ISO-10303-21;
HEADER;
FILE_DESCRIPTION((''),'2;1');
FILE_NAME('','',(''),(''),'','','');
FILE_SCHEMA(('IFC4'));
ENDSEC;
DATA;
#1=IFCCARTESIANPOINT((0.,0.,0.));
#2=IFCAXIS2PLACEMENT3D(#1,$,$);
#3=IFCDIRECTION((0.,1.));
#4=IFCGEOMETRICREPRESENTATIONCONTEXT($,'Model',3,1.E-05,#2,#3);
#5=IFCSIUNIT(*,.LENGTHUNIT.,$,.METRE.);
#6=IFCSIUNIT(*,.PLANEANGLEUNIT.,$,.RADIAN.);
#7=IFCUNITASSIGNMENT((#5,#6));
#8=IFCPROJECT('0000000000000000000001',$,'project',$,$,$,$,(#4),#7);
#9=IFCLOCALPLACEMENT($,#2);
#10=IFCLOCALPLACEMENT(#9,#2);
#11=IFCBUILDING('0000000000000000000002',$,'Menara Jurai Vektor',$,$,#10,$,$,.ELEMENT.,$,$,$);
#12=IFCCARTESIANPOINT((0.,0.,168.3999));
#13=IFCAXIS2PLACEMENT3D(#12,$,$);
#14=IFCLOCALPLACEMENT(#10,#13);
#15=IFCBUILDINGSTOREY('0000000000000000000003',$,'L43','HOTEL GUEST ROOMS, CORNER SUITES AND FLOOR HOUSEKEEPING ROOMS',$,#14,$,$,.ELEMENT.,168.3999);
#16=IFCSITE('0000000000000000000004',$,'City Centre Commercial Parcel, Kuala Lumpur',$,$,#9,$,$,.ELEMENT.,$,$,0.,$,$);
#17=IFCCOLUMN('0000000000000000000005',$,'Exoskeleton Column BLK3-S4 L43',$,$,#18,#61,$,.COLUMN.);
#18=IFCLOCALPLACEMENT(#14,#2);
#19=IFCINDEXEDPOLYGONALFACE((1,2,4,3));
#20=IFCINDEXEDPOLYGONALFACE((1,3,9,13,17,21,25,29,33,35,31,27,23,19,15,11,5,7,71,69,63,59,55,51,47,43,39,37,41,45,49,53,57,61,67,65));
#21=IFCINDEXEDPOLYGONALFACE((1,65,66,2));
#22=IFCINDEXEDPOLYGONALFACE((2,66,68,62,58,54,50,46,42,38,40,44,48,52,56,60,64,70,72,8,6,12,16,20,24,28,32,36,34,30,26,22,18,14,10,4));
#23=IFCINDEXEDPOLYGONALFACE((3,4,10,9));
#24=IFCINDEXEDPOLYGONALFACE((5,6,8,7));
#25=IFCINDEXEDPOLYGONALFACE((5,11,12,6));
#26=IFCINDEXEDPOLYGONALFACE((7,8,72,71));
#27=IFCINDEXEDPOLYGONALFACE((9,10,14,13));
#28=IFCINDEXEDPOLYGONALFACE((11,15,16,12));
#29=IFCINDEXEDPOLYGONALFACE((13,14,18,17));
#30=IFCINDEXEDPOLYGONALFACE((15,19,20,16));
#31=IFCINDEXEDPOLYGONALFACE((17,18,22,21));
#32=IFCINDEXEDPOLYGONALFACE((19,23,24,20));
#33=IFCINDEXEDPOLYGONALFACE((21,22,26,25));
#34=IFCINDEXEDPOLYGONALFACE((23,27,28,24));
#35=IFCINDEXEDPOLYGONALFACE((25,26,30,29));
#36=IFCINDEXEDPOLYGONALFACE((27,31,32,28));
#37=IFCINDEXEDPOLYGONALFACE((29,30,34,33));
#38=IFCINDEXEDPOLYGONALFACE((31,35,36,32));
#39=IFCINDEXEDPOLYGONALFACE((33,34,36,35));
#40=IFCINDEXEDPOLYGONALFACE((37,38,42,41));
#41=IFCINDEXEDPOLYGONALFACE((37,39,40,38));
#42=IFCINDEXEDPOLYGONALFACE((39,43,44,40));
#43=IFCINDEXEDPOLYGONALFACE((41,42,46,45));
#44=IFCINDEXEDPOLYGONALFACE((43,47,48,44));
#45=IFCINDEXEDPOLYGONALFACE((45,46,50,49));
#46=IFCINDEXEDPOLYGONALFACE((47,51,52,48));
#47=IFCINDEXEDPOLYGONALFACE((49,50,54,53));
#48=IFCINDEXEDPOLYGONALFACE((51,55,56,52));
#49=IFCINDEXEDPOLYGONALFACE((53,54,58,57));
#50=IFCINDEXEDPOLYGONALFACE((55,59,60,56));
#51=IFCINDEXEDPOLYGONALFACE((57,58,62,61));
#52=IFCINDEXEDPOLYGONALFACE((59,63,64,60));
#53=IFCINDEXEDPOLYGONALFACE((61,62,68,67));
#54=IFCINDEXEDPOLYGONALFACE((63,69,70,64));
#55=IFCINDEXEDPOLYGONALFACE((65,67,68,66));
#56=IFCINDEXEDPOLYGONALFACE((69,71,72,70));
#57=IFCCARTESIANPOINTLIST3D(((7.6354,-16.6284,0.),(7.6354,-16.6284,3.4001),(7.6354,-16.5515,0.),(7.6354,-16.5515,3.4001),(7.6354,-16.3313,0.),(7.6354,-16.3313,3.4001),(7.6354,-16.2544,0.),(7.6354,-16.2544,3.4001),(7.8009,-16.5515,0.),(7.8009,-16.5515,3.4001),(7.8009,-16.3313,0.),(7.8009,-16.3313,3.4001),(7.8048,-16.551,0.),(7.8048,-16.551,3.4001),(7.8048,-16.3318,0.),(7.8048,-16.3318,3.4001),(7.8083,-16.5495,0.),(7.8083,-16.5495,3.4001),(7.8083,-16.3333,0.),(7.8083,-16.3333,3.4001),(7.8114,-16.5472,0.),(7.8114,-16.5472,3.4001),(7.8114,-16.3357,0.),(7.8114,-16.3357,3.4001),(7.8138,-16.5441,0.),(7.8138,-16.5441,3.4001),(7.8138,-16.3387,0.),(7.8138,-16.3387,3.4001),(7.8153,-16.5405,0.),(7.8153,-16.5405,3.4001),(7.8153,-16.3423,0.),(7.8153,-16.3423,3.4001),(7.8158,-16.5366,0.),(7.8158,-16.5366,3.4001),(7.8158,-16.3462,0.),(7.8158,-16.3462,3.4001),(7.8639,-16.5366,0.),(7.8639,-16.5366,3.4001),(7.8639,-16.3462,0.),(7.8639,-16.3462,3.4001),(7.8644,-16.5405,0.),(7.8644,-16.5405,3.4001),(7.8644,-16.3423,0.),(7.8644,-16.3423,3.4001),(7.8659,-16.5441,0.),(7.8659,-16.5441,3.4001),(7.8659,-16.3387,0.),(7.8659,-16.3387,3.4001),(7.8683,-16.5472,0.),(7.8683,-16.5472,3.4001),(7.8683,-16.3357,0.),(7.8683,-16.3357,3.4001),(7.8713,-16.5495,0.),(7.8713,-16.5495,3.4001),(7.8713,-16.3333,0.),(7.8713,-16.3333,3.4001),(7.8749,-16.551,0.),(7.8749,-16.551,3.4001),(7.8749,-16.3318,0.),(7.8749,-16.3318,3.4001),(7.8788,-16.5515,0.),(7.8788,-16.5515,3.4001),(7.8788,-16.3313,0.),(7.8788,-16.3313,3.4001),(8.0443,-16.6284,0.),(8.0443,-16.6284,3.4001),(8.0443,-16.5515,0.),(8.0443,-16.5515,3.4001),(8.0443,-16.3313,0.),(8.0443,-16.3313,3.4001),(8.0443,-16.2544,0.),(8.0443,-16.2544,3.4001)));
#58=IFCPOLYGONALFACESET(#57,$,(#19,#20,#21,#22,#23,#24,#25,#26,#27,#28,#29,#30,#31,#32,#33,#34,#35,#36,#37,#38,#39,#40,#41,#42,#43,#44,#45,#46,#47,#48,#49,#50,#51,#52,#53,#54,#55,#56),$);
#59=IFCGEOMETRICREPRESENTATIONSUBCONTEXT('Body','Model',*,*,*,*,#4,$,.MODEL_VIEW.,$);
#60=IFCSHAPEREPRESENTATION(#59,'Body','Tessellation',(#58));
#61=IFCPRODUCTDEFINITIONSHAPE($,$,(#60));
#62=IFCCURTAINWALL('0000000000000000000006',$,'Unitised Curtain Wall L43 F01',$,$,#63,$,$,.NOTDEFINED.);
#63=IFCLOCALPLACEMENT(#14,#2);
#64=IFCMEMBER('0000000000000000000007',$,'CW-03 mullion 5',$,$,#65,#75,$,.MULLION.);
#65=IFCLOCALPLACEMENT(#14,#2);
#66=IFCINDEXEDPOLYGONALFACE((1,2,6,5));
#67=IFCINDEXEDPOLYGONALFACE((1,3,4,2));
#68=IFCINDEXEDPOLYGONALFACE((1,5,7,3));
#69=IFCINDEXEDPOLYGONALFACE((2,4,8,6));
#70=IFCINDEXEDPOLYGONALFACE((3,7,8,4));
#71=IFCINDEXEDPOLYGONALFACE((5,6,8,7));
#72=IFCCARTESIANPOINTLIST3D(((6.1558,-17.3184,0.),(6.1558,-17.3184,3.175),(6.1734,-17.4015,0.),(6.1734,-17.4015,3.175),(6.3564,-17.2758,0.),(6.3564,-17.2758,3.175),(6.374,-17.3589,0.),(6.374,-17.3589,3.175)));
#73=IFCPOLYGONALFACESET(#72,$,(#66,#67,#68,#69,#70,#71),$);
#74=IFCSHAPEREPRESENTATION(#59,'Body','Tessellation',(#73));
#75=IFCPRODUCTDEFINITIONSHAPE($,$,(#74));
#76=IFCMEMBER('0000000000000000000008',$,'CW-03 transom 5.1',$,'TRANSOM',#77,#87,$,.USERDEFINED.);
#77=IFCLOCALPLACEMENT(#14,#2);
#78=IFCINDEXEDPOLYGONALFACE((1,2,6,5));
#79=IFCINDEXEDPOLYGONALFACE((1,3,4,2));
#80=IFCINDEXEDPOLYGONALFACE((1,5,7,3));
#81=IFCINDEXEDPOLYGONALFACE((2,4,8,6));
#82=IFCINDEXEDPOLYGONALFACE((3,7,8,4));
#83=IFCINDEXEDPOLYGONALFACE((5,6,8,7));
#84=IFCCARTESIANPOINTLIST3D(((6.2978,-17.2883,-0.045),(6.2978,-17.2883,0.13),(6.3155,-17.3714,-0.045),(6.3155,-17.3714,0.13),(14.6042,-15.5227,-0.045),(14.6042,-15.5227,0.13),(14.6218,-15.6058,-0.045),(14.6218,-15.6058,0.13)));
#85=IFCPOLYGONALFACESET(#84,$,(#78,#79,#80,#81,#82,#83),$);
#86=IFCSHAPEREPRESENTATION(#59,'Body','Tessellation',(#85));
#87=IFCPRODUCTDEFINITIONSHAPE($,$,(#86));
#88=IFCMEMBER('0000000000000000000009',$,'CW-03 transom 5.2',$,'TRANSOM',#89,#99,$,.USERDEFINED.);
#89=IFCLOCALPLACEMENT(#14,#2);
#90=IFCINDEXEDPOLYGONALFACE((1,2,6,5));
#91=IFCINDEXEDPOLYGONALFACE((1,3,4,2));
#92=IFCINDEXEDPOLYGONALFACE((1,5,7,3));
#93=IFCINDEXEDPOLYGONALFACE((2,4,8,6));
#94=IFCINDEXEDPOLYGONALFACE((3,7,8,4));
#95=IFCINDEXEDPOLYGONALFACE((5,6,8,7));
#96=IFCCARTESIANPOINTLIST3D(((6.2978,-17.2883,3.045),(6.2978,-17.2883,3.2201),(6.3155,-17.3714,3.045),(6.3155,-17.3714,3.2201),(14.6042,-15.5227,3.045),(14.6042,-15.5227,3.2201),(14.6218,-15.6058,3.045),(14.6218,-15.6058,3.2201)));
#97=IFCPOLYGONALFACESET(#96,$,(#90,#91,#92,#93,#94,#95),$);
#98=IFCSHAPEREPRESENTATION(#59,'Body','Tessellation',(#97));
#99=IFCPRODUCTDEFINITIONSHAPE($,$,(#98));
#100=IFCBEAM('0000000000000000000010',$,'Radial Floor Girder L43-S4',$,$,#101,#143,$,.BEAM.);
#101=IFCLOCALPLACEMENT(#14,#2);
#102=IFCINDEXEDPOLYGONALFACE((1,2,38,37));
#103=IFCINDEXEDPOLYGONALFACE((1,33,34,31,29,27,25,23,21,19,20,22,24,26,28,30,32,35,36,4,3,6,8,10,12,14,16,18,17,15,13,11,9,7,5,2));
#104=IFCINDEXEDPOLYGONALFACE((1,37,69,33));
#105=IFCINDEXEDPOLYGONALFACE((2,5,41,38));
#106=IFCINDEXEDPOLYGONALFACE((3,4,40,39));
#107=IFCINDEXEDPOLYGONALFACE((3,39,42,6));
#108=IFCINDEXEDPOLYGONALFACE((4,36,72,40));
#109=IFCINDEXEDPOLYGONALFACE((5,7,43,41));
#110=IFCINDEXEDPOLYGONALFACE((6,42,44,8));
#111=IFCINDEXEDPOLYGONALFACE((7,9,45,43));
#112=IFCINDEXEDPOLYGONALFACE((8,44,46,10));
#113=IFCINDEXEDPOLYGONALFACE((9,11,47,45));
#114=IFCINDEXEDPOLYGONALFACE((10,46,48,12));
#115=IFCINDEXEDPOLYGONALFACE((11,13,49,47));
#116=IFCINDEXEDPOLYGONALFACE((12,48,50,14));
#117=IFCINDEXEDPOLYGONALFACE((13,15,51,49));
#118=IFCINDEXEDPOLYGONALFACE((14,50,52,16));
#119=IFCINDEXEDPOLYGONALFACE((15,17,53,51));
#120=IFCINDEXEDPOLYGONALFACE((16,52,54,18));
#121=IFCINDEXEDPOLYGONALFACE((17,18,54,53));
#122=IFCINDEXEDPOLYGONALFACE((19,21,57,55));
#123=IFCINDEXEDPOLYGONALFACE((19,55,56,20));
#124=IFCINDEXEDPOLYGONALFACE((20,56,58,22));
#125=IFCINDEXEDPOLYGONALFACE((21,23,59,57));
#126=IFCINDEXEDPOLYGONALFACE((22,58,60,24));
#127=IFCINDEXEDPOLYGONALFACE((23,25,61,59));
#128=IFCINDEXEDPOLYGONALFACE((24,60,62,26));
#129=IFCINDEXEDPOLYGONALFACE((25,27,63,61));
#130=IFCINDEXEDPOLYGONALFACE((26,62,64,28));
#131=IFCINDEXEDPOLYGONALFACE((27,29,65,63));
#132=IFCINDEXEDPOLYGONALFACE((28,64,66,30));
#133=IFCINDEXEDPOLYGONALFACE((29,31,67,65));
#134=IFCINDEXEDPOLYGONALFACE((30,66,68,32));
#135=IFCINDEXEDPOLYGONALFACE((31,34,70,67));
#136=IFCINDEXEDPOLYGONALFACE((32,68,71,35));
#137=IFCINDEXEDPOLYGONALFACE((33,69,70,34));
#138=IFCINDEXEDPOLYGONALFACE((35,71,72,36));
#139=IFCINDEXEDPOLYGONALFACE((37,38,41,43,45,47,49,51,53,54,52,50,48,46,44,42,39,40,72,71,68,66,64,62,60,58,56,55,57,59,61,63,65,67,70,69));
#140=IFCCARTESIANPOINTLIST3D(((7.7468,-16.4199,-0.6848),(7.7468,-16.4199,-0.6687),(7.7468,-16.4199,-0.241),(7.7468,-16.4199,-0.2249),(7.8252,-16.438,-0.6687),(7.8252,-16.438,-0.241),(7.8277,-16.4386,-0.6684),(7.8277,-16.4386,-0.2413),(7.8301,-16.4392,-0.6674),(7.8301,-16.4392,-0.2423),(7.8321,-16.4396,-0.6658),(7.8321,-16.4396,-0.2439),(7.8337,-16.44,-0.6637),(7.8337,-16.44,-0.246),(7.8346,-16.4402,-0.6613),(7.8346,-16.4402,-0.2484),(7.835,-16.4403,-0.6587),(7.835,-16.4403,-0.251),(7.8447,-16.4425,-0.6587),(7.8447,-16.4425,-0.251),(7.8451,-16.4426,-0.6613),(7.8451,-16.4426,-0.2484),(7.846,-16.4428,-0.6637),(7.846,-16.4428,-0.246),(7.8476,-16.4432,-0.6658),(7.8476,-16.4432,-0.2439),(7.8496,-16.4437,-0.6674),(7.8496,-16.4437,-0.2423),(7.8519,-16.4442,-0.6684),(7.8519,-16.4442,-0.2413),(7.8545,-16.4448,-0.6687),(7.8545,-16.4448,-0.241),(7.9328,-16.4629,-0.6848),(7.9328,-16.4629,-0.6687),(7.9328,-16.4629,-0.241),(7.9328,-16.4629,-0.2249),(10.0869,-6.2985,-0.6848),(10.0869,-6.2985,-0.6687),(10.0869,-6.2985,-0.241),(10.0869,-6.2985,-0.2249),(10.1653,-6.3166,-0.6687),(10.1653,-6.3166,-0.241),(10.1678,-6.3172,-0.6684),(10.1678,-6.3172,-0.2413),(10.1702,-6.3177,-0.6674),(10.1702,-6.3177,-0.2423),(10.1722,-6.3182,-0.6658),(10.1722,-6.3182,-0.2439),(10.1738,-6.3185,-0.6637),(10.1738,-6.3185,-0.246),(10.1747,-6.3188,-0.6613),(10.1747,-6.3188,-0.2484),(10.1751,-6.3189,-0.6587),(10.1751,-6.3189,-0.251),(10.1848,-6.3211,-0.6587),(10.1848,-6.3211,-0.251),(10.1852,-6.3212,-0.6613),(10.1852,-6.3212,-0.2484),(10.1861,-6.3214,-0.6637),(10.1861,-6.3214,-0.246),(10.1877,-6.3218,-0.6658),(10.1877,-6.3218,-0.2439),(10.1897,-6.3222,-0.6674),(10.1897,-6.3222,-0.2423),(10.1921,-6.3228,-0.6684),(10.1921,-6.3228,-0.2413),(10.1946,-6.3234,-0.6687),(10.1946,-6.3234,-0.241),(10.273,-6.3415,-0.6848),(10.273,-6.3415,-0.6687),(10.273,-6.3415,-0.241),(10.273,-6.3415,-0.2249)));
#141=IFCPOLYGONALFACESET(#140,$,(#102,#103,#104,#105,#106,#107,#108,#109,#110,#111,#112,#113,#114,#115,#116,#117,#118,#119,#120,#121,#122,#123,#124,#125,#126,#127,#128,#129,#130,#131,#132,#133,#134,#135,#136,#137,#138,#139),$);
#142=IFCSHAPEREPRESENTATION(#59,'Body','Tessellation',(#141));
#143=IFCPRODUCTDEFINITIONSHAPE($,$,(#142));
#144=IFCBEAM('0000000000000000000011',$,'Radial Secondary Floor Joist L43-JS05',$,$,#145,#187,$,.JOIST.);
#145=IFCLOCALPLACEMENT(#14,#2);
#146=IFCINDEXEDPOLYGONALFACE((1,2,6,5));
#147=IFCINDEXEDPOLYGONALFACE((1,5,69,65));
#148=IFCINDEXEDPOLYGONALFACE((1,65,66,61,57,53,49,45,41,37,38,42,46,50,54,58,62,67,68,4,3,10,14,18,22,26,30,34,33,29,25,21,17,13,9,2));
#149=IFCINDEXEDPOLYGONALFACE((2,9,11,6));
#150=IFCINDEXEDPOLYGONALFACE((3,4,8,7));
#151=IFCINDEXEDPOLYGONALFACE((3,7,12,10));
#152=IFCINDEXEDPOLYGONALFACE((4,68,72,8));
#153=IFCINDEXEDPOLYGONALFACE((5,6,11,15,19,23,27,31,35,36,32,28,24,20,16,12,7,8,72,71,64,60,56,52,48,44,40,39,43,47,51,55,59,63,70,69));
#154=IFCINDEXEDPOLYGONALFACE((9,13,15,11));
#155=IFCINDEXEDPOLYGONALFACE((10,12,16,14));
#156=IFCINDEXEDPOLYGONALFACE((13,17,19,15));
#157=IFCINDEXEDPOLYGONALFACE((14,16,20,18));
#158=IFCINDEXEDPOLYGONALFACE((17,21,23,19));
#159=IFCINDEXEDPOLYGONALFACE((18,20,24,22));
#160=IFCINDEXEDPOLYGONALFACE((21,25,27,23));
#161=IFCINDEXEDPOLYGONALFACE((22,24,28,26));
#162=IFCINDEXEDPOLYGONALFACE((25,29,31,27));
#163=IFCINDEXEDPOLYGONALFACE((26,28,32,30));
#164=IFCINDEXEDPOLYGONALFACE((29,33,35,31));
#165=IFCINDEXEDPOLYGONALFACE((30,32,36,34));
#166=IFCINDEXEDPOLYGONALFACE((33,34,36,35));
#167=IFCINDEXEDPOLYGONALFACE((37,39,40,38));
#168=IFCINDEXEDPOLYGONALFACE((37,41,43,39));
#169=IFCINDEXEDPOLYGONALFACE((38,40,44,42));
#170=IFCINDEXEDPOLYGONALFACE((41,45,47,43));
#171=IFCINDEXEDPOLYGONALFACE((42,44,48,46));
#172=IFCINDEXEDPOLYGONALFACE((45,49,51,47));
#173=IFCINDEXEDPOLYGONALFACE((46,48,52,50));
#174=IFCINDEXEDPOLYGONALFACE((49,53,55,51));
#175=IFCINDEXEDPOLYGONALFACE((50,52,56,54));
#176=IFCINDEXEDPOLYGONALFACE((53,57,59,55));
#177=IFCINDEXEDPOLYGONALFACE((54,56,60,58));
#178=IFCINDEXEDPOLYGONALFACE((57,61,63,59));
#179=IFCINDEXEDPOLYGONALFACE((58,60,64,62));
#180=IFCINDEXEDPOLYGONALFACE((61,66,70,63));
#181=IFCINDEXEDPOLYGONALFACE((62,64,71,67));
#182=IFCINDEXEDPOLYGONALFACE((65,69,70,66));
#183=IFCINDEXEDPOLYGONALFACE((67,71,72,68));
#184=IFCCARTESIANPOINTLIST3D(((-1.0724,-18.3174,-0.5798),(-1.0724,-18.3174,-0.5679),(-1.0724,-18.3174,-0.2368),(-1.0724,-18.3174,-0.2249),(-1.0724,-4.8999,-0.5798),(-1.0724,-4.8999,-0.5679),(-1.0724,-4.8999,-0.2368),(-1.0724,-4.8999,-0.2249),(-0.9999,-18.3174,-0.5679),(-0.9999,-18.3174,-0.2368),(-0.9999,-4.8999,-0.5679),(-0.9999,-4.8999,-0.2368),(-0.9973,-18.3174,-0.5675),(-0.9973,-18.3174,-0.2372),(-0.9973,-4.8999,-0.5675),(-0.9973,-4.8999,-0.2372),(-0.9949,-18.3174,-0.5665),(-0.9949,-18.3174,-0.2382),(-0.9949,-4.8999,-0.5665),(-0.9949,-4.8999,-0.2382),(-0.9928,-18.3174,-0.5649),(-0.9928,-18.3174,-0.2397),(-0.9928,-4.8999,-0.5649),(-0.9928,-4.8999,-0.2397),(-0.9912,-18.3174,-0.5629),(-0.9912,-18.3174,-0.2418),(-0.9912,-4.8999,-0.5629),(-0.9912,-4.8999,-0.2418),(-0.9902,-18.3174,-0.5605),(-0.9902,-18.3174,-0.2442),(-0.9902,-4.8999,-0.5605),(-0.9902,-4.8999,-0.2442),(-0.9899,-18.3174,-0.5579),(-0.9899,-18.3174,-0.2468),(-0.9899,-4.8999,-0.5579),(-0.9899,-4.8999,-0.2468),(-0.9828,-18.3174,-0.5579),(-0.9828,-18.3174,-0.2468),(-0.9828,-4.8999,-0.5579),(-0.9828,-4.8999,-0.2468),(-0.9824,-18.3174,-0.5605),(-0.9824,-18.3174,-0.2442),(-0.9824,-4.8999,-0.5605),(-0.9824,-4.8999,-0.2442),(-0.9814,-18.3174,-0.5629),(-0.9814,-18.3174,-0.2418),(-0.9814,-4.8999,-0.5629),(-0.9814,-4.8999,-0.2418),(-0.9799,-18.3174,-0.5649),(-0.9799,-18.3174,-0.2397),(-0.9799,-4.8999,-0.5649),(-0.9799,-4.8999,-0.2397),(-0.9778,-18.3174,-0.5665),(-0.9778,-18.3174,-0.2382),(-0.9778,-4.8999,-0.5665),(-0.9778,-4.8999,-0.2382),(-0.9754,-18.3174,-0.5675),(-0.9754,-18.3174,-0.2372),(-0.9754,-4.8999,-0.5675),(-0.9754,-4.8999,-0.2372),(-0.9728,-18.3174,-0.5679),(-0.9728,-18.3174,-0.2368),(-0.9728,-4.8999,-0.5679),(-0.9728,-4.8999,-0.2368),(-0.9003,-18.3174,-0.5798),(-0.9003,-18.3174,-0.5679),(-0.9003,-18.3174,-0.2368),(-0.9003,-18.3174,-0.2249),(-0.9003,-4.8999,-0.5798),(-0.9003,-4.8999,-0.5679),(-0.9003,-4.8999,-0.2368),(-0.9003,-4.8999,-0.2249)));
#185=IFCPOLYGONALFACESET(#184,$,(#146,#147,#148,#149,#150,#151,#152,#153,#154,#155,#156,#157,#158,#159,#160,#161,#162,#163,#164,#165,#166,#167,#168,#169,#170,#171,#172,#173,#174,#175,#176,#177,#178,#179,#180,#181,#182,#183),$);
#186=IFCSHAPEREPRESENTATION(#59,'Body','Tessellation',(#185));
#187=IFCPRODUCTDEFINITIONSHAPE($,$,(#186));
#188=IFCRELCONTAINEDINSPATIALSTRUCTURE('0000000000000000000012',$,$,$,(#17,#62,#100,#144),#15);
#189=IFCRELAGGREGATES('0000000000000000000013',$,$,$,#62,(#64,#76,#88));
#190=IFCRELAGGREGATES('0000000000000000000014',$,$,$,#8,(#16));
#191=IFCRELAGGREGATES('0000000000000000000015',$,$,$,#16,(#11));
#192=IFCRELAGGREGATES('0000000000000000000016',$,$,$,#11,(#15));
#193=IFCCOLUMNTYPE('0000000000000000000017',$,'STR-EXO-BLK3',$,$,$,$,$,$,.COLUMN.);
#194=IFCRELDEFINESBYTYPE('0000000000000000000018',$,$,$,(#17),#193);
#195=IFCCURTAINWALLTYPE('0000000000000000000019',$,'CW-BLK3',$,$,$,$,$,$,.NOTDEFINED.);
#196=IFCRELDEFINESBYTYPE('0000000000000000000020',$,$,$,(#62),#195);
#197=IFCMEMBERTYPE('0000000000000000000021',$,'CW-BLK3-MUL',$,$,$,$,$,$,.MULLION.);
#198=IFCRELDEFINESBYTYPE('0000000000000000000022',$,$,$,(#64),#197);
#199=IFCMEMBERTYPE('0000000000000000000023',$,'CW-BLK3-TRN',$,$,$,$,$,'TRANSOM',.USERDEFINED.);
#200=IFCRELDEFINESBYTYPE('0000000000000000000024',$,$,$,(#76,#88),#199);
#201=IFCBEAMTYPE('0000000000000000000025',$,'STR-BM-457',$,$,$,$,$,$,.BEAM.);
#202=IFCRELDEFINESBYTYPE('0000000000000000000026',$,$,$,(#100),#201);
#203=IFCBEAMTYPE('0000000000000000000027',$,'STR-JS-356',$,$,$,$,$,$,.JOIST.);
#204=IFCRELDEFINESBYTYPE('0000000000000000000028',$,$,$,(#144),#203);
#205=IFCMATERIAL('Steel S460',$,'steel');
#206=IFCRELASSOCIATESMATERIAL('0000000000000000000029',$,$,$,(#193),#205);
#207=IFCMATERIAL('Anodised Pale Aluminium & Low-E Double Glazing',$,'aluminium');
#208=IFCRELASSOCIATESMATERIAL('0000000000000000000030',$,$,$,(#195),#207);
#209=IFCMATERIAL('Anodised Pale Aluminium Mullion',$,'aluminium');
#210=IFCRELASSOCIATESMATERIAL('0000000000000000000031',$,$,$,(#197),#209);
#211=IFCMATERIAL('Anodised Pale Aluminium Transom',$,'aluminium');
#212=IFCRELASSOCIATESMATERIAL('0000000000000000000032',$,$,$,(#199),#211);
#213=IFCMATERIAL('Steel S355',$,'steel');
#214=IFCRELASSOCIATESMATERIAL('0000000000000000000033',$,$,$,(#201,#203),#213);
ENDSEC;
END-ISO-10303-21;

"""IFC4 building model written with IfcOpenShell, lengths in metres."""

from ifc_helpers import new_model, si_unit, direction, frame, origin, origin_2d, place, context, subcontext, project, spatial, rectangle, i_section, extrude, material, material_profile, profile_set, type_object, element, aggregate, save


model = new_model("IFC4")

# Units and contexts
model_context = context("Model", 3, precision=1e-05, world=origin(), true_north=direction((0.0, 1.0)))
body_context = subcontext(model_context, "Body", "Model", "MODEL_VIEW")
ifc_project = project(units=[si_unit("LENGTHUNIT", "METRE"), si_unit("PLANEANGLEUNIT", "RADIAN")], contexts=[model_context])

# Site, building, storey
site_placement = place(None, origin())
site = spatial("IfcSite", under=ifc_project, at=site_placement, Name="City Centre Commercial Parcel, Kuala Lumpur", CompositionType="ELEMENT", RefElevation=0.0)
building_placement = place(site_placement, origin())
building = spatial("IfcBuilding", under=site, at=building_placement, Name="Menara Jurai Vektor", CompositionType="ELEMENT")
storey_placement = place(building_placement, frame((0.0, 0.0, 168.3999)))
storey = spatial("IfcBuildingStorey", under=building, at=storey_placement, Name="L43", Description="HOTEL GUEST ROOMS, CORNER SUITES AND FLOOR HOUSEKEEPING ROOMS", CompositionType="ELEMENT", Elevation=168.3999)

# Column
ifc_material_1 = material(Name="Steel S460", Category="steel")
ifc_material_profile_1 = material_profile(ifc_material_1, i_section(OverallWidth=0.4089, OverallDepth=0.374, WebThickness=0.0481, FlangeThickness=0.0769, FilletRadius=0.0149, at=origin_2d()), Name="HD 400x634")
ifc_profile_set_1 = profile_set([ifc_material_profile_1], Name="Steel S460")
column_type = type_object("IfcColumnType", Name="STR-EXO-BLK3", PredefinedType="COLUMN", material=ifc_profile_set_1)
column_placement = place(storey_placement, frame((7.8398, -16.4414, 0.0), z_axis=(0.0, 0.0, 1.0), x_axis=(1.0, 0.0, 0.0)))
element("IfcColumn", 1, at=column_placement, inside=storey, type_object=column_type, Name="Exoskeleton Column BLK3-S4 L43", PredefinedType="COLUMN", context=body_context, shape_type="SweptSolid", body=[
    extrude(i_section(OverallWidth=0.4089, OverallDepth=0.374, WebThickness=0.0481, FlangeThickness=0.0769, FilletRadius=0.0149, at=origin_2d()), origin(), (0.0, 0.0, 1.0), 3.4001),
])

# Curtain wall, members
ifc_material_2 = material(Name="Anodised Pale Aluminium & Low-E Double Glazing", Category="aluminium")
curtain_wall_type = type_object("IfcCurtainWallType", Name="CW-BLK3", PredefinedType="NOTDEFINED", material=ifc_material_2)
curtain_wall_placement = place(storey_placement, origin())
curtain_wall = element("IfcCurtainWall", 2, at=curtain_wall_placement, inside=storey, type_object=curtain_wall_type, Name="Unitised Curtain Wall L43 F01", PredefinedType="NOTDEFINED")
ifc_material_3 = material(Name="Anodised Pale Aluminium Mullion", Category="aluminium")
ifc_material_profile_2 = material_profile(ifc_material_3, rectangle(XDim=0.085, YDim=0.2051, at=origin_2d()), Name="ALU MUL 85x205")
ifc_profile_set_2 = profile_set([ifc_material_profile_2], Name="Anodised Pale Aluminium Mullion")
member_type_1 = type_object("IfcMemberType", Name="CW-BLK3-MUL", PredefinedType="MULLION", material=ifc_profile_set_2)
member_1_placement = place(storey_placement, frame((6.2649, -17.3386, 0.0), z_axis=(0.0, 0.0, 1.0), x_axis=(-0.207911, 0.978148, 0.0)))
member_1 = element("IfcMember", 3, at=member_1_placement, type_object=member_type_1, Name="CW-03 mullion 5", PredefinedType="MULLION", context=body_context, shape_type="SweptSolid", body=[
    extrude(rectangle(XDim=0.085, YDim=0.2051, at=origin_2d()), origin(), (0.0, 0.0, 1.0), 3.175),
])
ifc_material_4 = material(Name="Anodised Pale Aluminium Transom", Category="aluminium")
ifc_material_profile_3 = material_profile(ifc_material_4, rectangle(XDim=0.085, YDim=0.175, at=origin_2d()), Name="ALU TRN 85x175")
ifc_profile_set_3 = profile_set([ifc_material_profile_3], Name="Anodised Pale Aluminium Transom")
member_type_2 = type_object("IfcMemberType", Name="CW-BLK3-TRN", ElementType="TRANSOM", PredefinedType="USERDEFINED", material=ifc_profile_set_3)
member_2_placement = place(storey_placement, frame((6.3066, -17.3298, 0.0425), z_axis=(0.978147, 0.207917, 0.0), x_axis=(-0.207917, 0.978147, 0.0)))
member_2 = element("IfcMember", 4, at=member_2_placement, type_object=member_type_2, Name="CW-03 transom 5.1", ObjectType="TRANSOM", PredefinedType="USERDEFINED", context=body_context, shape_type="SweptSolid", body=[
    extrude(rectangle(XDim=0.085, YDim=0.175, at=origin_2d()), origin(), (0.0, 0.0, 1.0), 8.4919),
])
member_3_placement = place(storey_placement, frame((6.3066, -17.3298, 3.1326), z_axis=(0.978147, 0.207917, 0.0), x_axis=(-0.207917, 0.978147, 0.0)))
member_3 = element("IfcMember", 5, at=member_3_placement, type_object=member_type_2, Name="CW-03 transom 5.2", ObjectType="TRANSOM", PredefinedType="USERDEFINED", context=body_context, shape_type="SweptSolid", body=[
    extrude(rectangle(XDim=0.085, YDim=0.175, at=origin_2d()), origin(), (0.0, 0.0, 1.0), 8.4919),
])

# Beams
ifc_material_5 = material(Name="Steel S355", Category="steel")
ifc_material_profile_4 = material_profile(ifc_material_5, i_section(OverallWidth=0.1909, OverallDepth=0.46, WebThickness=0.01, FlangeThickness=0.0161, FilletRadius=0.01, at=origin_2d()), Name="UKB 457x191x82")
ifc_profile_set_4 = profile_set([ifc_material_profile_4], Name="Steel S355")
beam_type_1 = type_object("IfcBeamType", Name="STR-BM-457", PredefinedType="BEAM", material=ifc_profile_set_4)
beam_1_placement = place(storey_placement, frame((7.8398, -16.4414, -0.4548), z_axis=(0.225261, 0.974298, 0.0), x_axis=(-0.974298, 0.225261, 0.0)))
element("IfcBeam", 6, at=beam_1_placement, inside=storey, type_object=beam_type_1, Name="Radial Floor Girder L43-S4", PredefinedType="BEAM", context=body_context, shape_type="SweptSolid", body=[
    extrude(i_section(OverallWidth=0.1909, OverallDepth=0.46, WebThickness=0.01, FlangeThickness=0.0161, FilletRadius=0.01, at=origin_2d()), origin(), (0.0, 0.0, 1.0), 10.3884),
])
ifc_material_profile_5 = material_profile(ifc_material_5, i_section(OverallWidth=0.1721, OverallDepth=0.355, WebThickness=0.0071, FlangeThickness=0.012, FilletRadius=0.01, at=origin_2d()), Name="UKB 356x171x51")
ifc_profile_set_5 = profile_set([ifc_material_profile_5], Name="Steel S355")
beam_type_2 = type_object("IfcBeamType", Name="STR-JS-356", PredefinedType="JOIST", material=ifc_profile_set_5)
beam_2_placement = place(storey_placement, frame((-0.9863, -18.3174, -0.4023), z_axis=(0.0, 1.0, 0.0), x_axis=(-1.0, 0.0, 0.0)))
element("IfcBeam", 7, at=beam_2_placement, inside=storey, type_object=beam_type_2, Name="Radial Secondary Floor Joist L43-JS05", PredefinedType="JOIST", context=body_context, shape_type="SweptSolid", body=[
    extrude(i_section(OverallWidth=0.1721, OverallDepth=0.355, WebThickness=0.0071, FlangeThickness=0.012, FilletRadius=0.01, at=origin_2d()), origin(), (0.0, 0.0, 1.0), 13.4175),
])

aggregate(curtain_wall, [member_1, member_2, member_3])

save(model, "model.ifc")
